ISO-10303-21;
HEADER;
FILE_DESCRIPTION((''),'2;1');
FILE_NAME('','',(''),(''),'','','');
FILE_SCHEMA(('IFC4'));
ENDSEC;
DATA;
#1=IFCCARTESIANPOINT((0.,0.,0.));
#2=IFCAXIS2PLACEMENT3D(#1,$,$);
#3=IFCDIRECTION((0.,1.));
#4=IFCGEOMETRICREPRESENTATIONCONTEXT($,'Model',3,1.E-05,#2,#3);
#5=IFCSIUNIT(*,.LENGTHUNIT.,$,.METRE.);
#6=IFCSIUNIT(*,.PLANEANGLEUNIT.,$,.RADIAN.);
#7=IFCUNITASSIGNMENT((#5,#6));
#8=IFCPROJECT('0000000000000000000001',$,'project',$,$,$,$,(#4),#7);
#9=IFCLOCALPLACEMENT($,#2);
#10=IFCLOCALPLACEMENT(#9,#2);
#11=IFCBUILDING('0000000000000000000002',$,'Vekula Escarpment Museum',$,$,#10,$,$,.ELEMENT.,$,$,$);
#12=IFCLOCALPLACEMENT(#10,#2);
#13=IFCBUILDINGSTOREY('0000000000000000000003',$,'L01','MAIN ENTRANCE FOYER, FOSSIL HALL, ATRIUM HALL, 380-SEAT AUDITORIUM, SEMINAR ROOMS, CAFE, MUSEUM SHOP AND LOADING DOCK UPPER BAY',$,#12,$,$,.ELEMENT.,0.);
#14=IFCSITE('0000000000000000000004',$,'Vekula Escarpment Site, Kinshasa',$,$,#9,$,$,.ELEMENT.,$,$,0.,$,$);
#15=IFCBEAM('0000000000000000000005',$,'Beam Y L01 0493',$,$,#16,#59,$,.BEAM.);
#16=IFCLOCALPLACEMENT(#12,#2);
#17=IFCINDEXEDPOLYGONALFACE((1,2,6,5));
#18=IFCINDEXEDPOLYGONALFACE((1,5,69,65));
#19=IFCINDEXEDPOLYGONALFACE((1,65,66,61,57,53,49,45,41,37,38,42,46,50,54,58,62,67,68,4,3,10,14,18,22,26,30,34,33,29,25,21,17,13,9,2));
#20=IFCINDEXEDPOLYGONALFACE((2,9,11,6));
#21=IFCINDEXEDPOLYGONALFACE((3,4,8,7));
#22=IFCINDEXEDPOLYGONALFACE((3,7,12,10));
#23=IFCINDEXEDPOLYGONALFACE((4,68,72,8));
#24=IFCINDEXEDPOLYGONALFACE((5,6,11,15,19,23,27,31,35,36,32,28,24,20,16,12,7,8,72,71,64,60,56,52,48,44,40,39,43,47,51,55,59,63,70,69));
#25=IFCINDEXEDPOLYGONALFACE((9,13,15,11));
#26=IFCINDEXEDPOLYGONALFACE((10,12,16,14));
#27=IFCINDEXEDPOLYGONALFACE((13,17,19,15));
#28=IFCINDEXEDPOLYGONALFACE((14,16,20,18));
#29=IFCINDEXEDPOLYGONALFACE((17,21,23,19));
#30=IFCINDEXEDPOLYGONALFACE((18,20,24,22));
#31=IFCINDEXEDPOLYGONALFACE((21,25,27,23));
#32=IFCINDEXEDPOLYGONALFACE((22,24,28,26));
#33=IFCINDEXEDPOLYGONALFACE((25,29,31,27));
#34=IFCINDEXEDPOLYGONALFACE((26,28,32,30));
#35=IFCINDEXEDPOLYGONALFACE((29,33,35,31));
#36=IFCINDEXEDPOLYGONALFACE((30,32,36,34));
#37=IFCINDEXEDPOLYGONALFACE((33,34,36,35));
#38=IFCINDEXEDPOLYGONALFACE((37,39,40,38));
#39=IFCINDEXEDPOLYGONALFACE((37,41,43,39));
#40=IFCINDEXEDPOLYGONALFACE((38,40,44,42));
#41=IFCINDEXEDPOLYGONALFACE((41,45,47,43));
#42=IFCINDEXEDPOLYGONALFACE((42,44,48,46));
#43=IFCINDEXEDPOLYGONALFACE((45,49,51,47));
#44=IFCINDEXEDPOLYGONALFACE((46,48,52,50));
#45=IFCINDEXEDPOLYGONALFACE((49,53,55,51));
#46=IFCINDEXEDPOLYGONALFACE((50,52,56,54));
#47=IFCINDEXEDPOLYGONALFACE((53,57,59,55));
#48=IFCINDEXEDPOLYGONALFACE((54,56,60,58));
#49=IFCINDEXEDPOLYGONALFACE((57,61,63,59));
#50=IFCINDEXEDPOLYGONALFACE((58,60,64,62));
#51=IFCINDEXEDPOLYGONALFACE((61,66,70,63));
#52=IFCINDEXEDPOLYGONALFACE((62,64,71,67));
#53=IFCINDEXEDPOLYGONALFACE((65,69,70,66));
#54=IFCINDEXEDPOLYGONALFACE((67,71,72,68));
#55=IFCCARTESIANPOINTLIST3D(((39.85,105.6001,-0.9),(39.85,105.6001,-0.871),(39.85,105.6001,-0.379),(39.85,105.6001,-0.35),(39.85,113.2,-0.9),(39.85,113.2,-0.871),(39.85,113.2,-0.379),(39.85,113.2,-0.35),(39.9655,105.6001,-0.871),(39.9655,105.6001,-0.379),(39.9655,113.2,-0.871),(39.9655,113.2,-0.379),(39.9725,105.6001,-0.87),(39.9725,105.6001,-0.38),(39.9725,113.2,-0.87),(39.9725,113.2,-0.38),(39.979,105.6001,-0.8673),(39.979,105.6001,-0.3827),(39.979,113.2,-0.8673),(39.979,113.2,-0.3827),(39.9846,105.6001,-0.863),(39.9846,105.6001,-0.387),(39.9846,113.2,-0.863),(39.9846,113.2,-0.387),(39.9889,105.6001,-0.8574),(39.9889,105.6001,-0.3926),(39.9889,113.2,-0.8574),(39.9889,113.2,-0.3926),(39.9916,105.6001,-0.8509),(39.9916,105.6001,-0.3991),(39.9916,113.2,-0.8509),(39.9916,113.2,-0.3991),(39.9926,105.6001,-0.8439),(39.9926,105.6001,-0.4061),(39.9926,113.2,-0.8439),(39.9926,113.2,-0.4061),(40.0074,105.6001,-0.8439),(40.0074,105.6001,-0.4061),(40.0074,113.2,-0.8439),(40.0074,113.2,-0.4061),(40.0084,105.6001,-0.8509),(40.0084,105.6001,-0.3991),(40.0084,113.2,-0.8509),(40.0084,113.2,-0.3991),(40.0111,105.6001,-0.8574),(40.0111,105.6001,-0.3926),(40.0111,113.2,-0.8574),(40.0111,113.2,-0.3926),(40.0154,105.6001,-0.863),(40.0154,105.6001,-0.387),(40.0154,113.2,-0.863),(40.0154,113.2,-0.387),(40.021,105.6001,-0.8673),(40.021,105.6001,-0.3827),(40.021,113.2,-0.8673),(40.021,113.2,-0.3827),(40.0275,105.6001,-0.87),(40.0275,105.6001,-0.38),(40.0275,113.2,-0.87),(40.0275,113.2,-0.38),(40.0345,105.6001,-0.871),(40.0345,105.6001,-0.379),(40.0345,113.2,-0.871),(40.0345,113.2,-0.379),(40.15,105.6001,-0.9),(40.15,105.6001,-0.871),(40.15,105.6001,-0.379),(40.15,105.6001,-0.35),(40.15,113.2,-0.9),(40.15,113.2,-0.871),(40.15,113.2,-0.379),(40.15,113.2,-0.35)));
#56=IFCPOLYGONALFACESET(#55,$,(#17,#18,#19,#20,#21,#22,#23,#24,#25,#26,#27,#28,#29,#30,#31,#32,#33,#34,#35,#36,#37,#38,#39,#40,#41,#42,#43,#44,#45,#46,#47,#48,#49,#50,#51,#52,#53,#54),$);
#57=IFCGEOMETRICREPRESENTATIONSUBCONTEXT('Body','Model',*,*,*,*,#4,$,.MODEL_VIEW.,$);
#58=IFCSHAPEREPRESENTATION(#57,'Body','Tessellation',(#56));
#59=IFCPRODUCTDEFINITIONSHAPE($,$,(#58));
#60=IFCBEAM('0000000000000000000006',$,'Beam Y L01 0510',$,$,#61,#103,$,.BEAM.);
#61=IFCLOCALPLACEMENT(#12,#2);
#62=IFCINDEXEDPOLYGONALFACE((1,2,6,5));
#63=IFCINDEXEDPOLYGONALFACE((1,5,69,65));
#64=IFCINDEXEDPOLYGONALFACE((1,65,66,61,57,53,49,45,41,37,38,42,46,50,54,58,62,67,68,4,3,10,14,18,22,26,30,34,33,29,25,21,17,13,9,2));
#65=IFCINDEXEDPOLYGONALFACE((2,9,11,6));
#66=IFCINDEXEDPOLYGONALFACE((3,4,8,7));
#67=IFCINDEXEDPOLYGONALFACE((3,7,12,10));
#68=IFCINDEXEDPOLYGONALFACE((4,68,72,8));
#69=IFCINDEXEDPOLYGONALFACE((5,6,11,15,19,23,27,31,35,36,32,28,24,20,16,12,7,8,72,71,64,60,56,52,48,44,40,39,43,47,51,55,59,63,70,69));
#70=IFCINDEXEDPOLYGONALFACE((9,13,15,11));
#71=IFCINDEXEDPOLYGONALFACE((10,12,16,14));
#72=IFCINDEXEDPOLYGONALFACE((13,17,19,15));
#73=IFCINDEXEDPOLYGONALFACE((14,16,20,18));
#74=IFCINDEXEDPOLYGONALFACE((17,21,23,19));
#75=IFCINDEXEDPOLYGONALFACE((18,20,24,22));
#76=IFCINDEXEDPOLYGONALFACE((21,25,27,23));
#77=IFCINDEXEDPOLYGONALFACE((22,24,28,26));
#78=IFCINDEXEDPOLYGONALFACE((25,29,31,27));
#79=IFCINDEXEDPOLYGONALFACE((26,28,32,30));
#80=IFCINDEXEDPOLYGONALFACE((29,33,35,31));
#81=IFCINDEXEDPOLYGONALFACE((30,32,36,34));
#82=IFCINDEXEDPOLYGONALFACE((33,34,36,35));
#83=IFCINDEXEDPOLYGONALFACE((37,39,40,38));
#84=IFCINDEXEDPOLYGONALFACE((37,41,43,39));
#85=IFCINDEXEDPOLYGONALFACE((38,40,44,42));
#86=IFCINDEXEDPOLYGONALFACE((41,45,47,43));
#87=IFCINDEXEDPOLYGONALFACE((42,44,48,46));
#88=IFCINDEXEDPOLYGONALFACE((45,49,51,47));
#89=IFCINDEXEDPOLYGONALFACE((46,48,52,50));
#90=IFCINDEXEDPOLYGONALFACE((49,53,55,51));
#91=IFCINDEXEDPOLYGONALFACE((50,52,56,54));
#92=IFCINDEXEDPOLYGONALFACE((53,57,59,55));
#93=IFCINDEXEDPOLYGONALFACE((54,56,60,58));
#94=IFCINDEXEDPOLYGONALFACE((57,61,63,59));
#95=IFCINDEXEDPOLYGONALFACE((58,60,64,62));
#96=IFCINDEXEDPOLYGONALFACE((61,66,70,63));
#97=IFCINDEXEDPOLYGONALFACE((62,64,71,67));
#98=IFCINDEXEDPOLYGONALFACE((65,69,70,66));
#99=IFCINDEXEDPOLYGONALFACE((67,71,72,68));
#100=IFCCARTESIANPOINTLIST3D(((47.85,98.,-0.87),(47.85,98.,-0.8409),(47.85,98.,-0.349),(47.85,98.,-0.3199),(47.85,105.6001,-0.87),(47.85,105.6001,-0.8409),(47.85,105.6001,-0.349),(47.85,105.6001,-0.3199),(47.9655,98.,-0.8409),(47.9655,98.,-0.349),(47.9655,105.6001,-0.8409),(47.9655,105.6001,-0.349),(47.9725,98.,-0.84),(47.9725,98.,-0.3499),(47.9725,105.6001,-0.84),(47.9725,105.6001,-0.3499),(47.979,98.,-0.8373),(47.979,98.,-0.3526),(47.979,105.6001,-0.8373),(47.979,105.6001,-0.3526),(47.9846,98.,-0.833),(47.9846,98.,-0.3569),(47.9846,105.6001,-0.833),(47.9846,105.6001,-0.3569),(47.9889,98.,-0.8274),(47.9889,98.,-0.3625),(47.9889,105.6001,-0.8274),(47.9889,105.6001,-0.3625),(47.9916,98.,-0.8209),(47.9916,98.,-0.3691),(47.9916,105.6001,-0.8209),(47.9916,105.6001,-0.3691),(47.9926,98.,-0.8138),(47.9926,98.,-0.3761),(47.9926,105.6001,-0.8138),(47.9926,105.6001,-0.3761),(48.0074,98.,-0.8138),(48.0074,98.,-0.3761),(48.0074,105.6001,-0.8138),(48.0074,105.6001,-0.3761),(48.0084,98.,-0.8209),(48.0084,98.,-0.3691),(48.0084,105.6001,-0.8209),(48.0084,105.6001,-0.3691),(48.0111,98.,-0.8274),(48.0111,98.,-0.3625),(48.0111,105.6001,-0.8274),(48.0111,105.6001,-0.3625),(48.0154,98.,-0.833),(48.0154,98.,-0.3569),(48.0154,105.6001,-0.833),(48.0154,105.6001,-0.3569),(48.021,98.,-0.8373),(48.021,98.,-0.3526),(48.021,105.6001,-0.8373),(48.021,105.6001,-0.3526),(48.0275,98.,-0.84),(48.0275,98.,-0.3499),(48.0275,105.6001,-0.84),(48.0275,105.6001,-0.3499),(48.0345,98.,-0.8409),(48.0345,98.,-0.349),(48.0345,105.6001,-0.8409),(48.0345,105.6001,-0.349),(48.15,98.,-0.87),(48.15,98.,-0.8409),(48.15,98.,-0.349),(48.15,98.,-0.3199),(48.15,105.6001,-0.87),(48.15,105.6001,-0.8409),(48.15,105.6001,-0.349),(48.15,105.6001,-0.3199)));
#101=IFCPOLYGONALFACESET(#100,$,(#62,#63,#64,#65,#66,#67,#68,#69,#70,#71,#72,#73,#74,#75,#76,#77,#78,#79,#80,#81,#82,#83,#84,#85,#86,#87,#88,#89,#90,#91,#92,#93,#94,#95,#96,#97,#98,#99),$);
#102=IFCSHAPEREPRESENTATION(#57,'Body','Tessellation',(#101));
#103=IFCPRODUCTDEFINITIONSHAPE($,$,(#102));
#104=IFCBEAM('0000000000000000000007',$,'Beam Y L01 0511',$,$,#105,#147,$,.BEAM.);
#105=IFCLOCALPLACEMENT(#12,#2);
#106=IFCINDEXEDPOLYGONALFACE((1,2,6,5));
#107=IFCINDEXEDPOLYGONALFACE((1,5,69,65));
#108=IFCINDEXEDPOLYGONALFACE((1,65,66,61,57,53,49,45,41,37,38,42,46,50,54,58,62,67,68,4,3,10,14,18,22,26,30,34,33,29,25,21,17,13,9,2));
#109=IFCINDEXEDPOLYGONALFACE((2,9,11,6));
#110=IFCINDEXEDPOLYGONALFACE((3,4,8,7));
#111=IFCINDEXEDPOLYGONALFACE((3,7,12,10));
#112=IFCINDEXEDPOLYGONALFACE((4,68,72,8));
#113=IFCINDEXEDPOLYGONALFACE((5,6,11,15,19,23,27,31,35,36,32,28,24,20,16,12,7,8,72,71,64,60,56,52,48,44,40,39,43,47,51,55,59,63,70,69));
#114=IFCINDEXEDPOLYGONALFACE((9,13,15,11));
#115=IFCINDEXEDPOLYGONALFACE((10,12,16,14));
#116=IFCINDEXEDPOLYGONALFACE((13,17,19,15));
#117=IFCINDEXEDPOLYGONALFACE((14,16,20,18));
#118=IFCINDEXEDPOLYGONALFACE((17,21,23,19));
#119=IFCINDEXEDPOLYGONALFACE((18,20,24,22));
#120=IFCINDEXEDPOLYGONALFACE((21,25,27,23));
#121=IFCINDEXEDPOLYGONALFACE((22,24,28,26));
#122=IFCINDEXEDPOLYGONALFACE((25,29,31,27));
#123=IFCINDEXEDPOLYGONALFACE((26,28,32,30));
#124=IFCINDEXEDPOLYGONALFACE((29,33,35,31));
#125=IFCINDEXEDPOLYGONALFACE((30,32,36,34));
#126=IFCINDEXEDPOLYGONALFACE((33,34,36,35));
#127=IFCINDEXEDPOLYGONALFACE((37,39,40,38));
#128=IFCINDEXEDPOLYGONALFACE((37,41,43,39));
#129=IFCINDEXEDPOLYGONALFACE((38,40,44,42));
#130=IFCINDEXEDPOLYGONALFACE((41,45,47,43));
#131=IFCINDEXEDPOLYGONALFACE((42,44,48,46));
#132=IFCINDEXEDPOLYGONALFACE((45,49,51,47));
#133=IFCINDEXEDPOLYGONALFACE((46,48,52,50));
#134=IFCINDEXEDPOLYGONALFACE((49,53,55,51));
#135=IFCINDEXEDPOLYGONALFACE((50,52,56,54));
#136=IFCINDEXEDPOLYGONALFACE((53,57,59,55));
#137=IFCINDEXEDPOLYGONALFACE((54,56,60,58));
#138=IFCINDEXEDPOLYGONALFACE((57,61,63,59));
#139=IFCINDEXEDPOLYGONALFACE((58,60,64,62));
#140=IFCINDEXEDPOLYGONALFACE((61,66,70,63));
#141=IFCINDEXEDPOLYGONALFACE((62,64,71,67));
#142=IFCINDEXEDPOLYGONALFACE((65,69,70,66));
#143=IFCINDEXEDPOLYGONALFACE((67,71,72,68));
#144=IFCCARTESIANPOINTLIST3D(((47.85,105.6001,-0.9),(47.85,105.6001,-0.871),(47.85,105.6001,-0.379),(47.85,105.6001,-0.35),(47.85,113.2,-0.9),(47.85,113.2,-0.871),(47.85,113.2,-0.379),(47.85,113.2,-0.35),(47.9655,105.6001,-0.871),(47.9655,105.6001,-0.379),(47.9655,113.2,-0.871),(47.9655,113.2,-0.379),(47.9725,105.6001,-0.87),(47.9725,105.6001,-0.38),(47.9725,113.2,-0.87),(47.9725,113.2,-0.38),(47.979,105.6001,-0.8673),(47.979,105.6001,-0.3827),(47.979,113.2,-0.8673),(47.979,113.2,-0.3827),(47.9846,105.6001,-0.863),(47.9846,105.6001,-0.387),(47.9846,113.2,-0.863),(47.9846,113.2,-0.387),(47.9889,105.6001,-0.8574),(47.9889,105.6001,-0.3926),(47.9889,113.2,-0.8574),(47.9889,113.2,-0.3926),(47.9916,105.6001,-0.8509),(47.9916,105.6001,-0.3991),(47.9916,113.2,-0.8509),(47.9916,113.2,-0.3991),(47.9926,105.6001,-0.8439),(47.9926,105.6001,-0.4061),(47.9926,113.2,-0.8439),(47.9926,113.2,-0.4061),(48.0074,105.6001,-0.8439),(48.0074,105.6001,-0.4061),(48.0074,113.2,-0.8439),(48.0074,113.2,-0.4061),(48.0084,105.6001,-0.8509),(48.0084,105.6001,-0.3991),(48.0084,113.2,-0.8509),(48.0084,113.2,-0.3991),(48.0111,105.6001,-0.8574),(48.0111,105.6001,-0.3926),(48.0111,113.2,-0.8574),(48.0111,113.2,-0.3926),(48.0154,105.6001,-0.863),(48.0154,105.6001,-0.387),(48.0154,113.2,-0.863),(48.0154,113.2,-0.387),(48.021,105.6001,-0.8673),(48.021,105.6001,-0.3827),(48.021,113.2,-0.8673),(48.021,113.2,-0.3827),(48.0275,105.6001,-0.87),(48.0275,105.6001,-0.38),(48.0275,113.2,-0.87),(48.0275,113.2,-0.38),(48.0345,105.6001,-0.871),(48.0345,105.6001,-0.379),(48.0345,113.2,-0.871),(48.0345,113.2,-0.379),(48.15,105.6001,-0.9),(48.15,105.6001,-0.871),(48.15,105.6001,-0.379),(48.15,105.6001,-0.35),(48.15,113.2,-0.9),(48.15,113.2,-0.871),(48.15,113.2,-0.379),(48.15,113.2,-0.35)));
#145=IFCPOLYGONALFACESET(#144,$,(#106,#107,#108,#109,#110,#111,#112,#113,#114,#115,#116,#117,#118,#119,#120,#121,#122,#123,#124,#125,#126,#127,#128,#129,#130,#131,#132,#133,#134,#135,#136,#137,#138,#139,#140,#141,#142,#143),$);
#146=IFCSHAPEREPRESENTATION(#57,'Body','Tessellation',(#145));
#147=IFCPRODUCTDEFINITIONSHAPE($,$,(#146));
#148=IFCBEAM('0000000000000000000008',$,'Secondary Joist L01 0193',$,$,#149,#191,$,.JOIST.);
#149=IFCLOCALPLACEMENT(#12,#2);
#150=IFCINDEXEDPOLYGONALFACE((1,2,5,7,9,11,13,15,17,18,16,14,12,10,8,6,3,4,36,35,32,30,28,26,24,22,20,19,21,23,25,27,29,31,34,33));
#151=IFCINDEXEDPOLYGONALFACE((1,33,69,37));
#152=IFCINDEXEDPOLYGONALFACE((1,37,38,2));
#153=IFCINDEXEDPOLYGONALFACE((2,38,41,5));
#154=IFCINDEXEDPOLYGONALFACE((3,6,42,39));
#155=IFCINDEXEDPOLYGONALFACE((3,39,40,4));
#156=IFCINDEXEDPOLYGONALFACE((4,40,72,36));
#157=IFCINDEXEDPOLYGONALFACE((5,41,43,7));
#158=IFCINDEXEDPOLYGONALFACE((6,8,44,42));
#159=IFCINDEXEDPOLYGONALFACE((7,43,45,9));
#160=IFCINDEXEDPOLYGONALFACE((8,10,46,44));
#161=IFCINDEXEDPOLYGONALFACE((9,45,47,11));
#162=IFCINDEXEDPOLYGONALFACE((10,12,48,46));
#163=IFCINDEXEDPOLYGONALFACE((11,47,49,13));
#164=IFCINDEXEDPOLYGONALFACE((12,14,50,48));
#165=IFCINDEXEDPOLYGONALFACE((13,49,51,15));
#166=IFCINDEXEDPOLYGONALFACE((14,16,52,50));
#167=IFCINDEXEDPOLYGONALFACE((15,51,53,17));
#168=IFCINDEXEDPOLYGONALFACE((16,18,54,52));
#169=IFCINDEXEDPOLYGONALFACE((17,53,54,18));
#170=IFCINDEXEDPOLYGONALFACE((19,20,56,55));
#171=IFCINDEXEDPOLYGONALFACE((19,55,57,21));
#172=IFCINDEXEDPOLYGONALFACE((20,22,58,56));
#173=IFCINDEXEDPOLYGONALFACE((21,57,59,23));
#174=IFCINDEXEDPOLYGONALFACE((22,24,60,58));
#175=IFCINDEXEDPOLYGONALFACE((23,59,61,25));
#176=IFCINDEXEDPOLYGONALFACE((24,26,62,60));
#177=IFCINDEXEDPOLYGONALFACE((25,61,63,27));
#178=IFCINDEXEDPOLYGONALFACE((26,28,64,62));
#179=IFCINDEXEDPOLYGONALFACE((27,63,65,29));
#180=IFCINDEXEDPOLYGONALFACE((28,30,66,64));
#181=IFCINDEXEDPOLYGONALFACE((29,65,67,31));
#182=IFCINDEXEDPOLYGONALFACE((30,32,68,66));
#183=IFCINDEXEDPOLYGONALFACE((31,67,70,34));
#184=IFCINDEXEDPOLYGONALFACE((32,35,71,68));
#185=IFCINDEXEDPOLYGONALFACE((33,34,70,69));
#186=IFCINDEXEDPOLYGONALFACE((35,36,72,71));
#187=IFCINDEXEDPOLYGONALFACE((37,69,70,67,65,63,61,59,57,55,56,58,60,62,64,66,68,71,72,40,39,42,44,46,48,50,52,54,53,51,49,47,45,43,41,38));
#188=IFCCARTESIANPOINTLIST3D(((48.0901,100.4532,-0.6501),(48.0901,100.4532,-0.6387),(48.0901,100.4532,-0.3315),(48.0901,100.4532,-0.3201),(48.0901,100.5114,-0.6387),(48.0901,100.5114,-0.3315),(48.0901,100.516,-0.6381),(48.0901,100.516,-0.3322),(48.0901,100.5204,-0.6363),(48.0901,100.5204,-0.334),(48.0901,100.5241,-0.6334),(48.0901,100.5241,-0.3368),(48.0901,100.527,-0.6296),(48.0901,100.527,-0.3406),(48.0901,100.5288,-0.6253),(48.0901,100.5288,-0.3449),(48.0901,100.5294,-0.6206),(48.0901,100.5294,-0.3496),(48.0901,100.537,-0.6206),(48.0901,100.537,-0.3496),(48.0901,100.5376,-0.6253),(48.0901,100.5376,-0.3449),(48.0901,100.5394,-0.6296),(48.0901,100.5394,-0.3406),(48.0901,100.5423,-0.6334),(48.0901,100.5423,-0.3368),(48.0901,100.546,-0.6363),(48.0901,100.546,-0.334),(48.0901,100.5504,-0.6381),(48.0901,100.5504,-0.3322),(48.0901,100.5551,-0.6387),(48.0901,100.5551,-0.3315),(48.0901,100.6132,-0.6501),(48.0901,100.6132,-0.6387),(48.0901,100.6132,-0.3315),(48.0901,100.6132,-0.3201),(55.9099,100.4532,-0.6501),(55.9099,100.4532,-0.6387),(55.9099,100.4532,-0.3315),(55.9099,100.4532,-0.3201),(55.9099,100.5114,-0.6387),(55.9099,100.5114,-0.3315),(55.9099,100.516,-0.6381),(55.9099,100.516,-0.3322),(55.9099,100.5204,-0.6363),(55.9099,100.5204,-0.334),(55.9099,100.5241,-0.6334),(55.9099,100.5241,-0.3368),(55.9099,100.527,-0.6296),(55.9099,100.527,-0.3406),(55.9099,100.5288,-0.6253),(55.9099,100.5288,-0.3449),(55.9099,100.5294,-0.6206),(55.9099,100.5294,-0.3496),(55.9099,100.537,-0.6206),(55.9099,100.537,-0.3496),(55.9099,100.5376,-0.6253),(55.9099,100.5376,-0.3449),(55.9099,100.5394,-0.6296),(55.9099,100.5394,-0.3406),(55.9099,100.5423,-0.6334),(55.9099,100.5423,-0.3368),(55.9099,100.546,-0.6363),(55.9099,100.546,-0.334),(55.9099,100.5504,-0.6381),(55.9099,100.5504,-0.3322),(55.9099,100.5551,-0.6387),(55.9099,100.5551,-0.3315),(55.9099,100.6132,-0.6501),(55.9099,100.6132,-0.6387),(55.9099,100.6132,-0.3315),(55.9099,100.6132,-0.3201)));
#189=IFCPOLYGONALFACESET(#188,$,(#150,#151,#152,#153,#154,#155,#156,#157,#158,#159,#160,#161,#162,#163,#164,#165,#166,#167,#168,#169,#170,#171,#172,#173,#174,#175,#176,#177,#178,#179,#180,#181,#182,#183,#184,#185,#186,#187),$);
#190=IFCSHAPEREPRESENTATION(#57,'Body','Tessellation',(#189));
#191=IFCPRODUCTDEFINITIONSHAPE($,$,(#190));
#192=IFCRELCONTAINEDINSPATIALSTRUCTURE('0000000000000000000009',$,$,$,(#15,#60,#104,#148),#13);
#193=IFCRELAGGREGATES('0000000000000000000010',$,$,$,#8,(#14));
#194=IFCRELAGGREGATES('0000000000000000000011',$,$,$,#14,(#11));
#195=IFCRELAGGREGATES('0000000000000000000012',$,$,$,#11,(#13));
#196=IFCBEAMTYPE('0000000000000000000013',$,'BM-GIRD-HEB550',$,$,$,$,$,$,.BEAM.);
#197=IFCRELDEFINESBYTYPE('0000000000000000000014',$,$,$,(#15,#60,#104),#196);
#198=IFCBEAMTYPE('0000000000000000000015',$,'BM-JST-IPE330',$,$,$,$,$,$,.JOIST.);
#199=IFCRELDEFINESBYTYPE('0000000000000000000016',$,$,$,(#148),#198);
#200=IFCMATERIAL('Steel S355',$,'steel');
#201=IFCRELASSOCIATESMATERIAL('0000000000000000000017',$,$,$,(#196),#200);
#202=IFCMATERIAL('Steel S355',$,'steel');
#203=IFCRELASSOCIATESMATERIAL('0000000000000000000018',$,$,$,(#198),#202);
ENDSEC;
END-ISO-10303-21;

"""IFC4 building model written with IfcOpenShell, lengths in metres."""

from ifc_helpers import new_model, si_unit, direction, frame, origin, origin_2d, place, context, subcontext, project, spatial, i_section, extrude, material, material_profile, profile_set, type_object, element, save


model = new_model("IFC4")

# Units and contexts
model_context = context("Model", 3, precision=1e-05, world=origin(), true_north=direction((0.0, 1.0)))
body_context = subcontext(model_context, "Body", "Model", "MODEL_VIEW")
ifc_project = project(units=[si_unit("LENGTHUNIT", "METRE"), si_unit("PLANEANGLEUNIT", "RADIAN")], contexts=[model_context])

# Site, building, storey
site_placement = place(None, origin())
site = spatial("IfcSite", under=ifc_project, at=site_placement, Name="Vekula Escarpment Site, Kinshasa", CompositionType="ELEMENT", RefElevation=0.0)
building_placement = place(site_placement, origin())
building = spatial("IfcBuilding", under=site, at=building_placement, Name="Vekula Escarpment Museum", CompositionType="ELEMENT")
storey_placement = place(building_placement, origin())
storey = spatial("IfcBuildingStorey", under=building, at=storey_placement, Name="L01", Description="MAIN ENTRANCE FOYER, FOSSIL HALL, ATRIUM HALL, 380-SEAT AUDITORIUM, SEMINAR ROOMS, CAFE, MUSEUM SHOP AND LOADING DOCK UPPER BAY", CompositionType="ELEMENT", Elevation=0.0)

# Beams
ifc_material_1 = material(Name="Steel S355", Category="steel")
ifc_material_profile_1 = material_profile(ifc_material_1, i_section(OverallWidth=0.3, OverallDepth=0.55, WebThickness=0.0149, FlangeThickness=0.0291, FilletRadius=0.0271, at=origin_2d()), Name="HEB 550")
ifc_profile_set_1 = profile_set([ifc_material_profile_1], Name="Steel S355")
beam_type_1 = type_object("IfcBeamType", Name="BM-GIRD-HEB550", PredefinedType="BEAM", material=ifc_profile_set_1)
beam_1_placement = place(storey_placement, frame((40.0, 105.6001, -0.625), z_axis=(0.0, 1.0, 0.0), x_axis=(-1.0, 0.0, 0.0)))
element("IfcBeam", 1, at=beam_1_placement, inside=storey, type_object=beam_type_1, Name="Beam Y L01 0493", PredefinedType="BEAM", context=body_context, shape_type="SweptSolid", body=[
    extrude(i_section(OverallWidth=0.3, OverallDepth=0.55, WebThickness=0.0149, FlangeThickness=0.0291, FilletRadius=0.0271, at=origin_2d()), origin(), (0.0, 0.0, 1.0), 7.5999),
])
beam_2_placement = place(storey_placement, frame((48.0, 98.0, -0.595), z_axis=(0.0, 1.0, 0.0), x_axis=(-1.0, 0.0, 0.0)))
element("IfcBeam", 2, at=beam_2_placement, inside=storey, type_object=beam_type_1, Name="Beam Y L01 0510", PredefinedType="BEAM", context=body_context, shape_type="SweptSolid", body=[
    extrude(i_section(OverallWidth=0.3, OverallDepth=0.55, WebThickness=0.0149, FlangeThickness=0.0291, FilletRadius=0.0271, at=origin_2d()), origin(), (0.0, 0.0, 1.0), 7.6001),
])
beam_3_placement = place(storey_placement, frame((48.0, 105.6001, -0.625), z_axis=(0.0, 1.0, 0.0), x_axis=(-1.0, 0.0, 0.0)))
element("IfcBeam", 3, at=beam_3_placement, inside=storey, type_object=beam_type_1, Name="Beam Y L01 0511", PredefinedType="BEAM", context=body_context, shape_type="SweptSolid", body=[
    extrude(i_section(OverallWidth=0.3, OverallDepth=0.55, WebThickness=0.0149, FlangeThickness=0.0291, FilletRadius=0.0271, at=origin_2d()), origin(), (0.0, 0.0, 1.0), 7.5999),
])
ifc_material_2 = material(Name="Steel S355", Category="steel")
ifc_material_profile_2 = material_profile(ifc_material_2, i_section(OverallWidth=0.1599, OverallDepth=0.3301, WebThickness=0.0076, FlangeThickness=0.0115, FilletRadius=0.0181, at=origin_2d()), Name="IPE 330")
ifc_profile_set_2 = profile_set([ifc_material_profile_2], Name="Steel S355")
beam_type_2 = type_object("IfcBeamType", Name="BM-JST-IPE330", PredefinedType="JOIST", material=ifc_profile_set_2)
for number, where, z_axis, x_axis, name in (
    (4, (48.0901, 100.5332, -0.4851), (1.0, 0.0, 0.0), (0.0, 1.0, 0.0), "Secondary Joist L01 0193"),
):
    element("IfcBeam", number, at=place(storey_placement, frame(where, z_axis=z_axis, x_axis=x_axis)), inside=storey, type_object=beam_type_2, Name=name, PredefinedType="JOIST", context=body_context, shape_type="SweptSolid", body=[
        extrude(i_section(OverallWidth=0.1599, OverallDepth=0.3301, WebThickness=0.0076, FlangeThickness=0.0115, FilletRadius=0.0181, at=origin_2d()), origin(), (0.0, 0.0, 1.0), 7.8198),
    ])

save(model, "model.ifc")
